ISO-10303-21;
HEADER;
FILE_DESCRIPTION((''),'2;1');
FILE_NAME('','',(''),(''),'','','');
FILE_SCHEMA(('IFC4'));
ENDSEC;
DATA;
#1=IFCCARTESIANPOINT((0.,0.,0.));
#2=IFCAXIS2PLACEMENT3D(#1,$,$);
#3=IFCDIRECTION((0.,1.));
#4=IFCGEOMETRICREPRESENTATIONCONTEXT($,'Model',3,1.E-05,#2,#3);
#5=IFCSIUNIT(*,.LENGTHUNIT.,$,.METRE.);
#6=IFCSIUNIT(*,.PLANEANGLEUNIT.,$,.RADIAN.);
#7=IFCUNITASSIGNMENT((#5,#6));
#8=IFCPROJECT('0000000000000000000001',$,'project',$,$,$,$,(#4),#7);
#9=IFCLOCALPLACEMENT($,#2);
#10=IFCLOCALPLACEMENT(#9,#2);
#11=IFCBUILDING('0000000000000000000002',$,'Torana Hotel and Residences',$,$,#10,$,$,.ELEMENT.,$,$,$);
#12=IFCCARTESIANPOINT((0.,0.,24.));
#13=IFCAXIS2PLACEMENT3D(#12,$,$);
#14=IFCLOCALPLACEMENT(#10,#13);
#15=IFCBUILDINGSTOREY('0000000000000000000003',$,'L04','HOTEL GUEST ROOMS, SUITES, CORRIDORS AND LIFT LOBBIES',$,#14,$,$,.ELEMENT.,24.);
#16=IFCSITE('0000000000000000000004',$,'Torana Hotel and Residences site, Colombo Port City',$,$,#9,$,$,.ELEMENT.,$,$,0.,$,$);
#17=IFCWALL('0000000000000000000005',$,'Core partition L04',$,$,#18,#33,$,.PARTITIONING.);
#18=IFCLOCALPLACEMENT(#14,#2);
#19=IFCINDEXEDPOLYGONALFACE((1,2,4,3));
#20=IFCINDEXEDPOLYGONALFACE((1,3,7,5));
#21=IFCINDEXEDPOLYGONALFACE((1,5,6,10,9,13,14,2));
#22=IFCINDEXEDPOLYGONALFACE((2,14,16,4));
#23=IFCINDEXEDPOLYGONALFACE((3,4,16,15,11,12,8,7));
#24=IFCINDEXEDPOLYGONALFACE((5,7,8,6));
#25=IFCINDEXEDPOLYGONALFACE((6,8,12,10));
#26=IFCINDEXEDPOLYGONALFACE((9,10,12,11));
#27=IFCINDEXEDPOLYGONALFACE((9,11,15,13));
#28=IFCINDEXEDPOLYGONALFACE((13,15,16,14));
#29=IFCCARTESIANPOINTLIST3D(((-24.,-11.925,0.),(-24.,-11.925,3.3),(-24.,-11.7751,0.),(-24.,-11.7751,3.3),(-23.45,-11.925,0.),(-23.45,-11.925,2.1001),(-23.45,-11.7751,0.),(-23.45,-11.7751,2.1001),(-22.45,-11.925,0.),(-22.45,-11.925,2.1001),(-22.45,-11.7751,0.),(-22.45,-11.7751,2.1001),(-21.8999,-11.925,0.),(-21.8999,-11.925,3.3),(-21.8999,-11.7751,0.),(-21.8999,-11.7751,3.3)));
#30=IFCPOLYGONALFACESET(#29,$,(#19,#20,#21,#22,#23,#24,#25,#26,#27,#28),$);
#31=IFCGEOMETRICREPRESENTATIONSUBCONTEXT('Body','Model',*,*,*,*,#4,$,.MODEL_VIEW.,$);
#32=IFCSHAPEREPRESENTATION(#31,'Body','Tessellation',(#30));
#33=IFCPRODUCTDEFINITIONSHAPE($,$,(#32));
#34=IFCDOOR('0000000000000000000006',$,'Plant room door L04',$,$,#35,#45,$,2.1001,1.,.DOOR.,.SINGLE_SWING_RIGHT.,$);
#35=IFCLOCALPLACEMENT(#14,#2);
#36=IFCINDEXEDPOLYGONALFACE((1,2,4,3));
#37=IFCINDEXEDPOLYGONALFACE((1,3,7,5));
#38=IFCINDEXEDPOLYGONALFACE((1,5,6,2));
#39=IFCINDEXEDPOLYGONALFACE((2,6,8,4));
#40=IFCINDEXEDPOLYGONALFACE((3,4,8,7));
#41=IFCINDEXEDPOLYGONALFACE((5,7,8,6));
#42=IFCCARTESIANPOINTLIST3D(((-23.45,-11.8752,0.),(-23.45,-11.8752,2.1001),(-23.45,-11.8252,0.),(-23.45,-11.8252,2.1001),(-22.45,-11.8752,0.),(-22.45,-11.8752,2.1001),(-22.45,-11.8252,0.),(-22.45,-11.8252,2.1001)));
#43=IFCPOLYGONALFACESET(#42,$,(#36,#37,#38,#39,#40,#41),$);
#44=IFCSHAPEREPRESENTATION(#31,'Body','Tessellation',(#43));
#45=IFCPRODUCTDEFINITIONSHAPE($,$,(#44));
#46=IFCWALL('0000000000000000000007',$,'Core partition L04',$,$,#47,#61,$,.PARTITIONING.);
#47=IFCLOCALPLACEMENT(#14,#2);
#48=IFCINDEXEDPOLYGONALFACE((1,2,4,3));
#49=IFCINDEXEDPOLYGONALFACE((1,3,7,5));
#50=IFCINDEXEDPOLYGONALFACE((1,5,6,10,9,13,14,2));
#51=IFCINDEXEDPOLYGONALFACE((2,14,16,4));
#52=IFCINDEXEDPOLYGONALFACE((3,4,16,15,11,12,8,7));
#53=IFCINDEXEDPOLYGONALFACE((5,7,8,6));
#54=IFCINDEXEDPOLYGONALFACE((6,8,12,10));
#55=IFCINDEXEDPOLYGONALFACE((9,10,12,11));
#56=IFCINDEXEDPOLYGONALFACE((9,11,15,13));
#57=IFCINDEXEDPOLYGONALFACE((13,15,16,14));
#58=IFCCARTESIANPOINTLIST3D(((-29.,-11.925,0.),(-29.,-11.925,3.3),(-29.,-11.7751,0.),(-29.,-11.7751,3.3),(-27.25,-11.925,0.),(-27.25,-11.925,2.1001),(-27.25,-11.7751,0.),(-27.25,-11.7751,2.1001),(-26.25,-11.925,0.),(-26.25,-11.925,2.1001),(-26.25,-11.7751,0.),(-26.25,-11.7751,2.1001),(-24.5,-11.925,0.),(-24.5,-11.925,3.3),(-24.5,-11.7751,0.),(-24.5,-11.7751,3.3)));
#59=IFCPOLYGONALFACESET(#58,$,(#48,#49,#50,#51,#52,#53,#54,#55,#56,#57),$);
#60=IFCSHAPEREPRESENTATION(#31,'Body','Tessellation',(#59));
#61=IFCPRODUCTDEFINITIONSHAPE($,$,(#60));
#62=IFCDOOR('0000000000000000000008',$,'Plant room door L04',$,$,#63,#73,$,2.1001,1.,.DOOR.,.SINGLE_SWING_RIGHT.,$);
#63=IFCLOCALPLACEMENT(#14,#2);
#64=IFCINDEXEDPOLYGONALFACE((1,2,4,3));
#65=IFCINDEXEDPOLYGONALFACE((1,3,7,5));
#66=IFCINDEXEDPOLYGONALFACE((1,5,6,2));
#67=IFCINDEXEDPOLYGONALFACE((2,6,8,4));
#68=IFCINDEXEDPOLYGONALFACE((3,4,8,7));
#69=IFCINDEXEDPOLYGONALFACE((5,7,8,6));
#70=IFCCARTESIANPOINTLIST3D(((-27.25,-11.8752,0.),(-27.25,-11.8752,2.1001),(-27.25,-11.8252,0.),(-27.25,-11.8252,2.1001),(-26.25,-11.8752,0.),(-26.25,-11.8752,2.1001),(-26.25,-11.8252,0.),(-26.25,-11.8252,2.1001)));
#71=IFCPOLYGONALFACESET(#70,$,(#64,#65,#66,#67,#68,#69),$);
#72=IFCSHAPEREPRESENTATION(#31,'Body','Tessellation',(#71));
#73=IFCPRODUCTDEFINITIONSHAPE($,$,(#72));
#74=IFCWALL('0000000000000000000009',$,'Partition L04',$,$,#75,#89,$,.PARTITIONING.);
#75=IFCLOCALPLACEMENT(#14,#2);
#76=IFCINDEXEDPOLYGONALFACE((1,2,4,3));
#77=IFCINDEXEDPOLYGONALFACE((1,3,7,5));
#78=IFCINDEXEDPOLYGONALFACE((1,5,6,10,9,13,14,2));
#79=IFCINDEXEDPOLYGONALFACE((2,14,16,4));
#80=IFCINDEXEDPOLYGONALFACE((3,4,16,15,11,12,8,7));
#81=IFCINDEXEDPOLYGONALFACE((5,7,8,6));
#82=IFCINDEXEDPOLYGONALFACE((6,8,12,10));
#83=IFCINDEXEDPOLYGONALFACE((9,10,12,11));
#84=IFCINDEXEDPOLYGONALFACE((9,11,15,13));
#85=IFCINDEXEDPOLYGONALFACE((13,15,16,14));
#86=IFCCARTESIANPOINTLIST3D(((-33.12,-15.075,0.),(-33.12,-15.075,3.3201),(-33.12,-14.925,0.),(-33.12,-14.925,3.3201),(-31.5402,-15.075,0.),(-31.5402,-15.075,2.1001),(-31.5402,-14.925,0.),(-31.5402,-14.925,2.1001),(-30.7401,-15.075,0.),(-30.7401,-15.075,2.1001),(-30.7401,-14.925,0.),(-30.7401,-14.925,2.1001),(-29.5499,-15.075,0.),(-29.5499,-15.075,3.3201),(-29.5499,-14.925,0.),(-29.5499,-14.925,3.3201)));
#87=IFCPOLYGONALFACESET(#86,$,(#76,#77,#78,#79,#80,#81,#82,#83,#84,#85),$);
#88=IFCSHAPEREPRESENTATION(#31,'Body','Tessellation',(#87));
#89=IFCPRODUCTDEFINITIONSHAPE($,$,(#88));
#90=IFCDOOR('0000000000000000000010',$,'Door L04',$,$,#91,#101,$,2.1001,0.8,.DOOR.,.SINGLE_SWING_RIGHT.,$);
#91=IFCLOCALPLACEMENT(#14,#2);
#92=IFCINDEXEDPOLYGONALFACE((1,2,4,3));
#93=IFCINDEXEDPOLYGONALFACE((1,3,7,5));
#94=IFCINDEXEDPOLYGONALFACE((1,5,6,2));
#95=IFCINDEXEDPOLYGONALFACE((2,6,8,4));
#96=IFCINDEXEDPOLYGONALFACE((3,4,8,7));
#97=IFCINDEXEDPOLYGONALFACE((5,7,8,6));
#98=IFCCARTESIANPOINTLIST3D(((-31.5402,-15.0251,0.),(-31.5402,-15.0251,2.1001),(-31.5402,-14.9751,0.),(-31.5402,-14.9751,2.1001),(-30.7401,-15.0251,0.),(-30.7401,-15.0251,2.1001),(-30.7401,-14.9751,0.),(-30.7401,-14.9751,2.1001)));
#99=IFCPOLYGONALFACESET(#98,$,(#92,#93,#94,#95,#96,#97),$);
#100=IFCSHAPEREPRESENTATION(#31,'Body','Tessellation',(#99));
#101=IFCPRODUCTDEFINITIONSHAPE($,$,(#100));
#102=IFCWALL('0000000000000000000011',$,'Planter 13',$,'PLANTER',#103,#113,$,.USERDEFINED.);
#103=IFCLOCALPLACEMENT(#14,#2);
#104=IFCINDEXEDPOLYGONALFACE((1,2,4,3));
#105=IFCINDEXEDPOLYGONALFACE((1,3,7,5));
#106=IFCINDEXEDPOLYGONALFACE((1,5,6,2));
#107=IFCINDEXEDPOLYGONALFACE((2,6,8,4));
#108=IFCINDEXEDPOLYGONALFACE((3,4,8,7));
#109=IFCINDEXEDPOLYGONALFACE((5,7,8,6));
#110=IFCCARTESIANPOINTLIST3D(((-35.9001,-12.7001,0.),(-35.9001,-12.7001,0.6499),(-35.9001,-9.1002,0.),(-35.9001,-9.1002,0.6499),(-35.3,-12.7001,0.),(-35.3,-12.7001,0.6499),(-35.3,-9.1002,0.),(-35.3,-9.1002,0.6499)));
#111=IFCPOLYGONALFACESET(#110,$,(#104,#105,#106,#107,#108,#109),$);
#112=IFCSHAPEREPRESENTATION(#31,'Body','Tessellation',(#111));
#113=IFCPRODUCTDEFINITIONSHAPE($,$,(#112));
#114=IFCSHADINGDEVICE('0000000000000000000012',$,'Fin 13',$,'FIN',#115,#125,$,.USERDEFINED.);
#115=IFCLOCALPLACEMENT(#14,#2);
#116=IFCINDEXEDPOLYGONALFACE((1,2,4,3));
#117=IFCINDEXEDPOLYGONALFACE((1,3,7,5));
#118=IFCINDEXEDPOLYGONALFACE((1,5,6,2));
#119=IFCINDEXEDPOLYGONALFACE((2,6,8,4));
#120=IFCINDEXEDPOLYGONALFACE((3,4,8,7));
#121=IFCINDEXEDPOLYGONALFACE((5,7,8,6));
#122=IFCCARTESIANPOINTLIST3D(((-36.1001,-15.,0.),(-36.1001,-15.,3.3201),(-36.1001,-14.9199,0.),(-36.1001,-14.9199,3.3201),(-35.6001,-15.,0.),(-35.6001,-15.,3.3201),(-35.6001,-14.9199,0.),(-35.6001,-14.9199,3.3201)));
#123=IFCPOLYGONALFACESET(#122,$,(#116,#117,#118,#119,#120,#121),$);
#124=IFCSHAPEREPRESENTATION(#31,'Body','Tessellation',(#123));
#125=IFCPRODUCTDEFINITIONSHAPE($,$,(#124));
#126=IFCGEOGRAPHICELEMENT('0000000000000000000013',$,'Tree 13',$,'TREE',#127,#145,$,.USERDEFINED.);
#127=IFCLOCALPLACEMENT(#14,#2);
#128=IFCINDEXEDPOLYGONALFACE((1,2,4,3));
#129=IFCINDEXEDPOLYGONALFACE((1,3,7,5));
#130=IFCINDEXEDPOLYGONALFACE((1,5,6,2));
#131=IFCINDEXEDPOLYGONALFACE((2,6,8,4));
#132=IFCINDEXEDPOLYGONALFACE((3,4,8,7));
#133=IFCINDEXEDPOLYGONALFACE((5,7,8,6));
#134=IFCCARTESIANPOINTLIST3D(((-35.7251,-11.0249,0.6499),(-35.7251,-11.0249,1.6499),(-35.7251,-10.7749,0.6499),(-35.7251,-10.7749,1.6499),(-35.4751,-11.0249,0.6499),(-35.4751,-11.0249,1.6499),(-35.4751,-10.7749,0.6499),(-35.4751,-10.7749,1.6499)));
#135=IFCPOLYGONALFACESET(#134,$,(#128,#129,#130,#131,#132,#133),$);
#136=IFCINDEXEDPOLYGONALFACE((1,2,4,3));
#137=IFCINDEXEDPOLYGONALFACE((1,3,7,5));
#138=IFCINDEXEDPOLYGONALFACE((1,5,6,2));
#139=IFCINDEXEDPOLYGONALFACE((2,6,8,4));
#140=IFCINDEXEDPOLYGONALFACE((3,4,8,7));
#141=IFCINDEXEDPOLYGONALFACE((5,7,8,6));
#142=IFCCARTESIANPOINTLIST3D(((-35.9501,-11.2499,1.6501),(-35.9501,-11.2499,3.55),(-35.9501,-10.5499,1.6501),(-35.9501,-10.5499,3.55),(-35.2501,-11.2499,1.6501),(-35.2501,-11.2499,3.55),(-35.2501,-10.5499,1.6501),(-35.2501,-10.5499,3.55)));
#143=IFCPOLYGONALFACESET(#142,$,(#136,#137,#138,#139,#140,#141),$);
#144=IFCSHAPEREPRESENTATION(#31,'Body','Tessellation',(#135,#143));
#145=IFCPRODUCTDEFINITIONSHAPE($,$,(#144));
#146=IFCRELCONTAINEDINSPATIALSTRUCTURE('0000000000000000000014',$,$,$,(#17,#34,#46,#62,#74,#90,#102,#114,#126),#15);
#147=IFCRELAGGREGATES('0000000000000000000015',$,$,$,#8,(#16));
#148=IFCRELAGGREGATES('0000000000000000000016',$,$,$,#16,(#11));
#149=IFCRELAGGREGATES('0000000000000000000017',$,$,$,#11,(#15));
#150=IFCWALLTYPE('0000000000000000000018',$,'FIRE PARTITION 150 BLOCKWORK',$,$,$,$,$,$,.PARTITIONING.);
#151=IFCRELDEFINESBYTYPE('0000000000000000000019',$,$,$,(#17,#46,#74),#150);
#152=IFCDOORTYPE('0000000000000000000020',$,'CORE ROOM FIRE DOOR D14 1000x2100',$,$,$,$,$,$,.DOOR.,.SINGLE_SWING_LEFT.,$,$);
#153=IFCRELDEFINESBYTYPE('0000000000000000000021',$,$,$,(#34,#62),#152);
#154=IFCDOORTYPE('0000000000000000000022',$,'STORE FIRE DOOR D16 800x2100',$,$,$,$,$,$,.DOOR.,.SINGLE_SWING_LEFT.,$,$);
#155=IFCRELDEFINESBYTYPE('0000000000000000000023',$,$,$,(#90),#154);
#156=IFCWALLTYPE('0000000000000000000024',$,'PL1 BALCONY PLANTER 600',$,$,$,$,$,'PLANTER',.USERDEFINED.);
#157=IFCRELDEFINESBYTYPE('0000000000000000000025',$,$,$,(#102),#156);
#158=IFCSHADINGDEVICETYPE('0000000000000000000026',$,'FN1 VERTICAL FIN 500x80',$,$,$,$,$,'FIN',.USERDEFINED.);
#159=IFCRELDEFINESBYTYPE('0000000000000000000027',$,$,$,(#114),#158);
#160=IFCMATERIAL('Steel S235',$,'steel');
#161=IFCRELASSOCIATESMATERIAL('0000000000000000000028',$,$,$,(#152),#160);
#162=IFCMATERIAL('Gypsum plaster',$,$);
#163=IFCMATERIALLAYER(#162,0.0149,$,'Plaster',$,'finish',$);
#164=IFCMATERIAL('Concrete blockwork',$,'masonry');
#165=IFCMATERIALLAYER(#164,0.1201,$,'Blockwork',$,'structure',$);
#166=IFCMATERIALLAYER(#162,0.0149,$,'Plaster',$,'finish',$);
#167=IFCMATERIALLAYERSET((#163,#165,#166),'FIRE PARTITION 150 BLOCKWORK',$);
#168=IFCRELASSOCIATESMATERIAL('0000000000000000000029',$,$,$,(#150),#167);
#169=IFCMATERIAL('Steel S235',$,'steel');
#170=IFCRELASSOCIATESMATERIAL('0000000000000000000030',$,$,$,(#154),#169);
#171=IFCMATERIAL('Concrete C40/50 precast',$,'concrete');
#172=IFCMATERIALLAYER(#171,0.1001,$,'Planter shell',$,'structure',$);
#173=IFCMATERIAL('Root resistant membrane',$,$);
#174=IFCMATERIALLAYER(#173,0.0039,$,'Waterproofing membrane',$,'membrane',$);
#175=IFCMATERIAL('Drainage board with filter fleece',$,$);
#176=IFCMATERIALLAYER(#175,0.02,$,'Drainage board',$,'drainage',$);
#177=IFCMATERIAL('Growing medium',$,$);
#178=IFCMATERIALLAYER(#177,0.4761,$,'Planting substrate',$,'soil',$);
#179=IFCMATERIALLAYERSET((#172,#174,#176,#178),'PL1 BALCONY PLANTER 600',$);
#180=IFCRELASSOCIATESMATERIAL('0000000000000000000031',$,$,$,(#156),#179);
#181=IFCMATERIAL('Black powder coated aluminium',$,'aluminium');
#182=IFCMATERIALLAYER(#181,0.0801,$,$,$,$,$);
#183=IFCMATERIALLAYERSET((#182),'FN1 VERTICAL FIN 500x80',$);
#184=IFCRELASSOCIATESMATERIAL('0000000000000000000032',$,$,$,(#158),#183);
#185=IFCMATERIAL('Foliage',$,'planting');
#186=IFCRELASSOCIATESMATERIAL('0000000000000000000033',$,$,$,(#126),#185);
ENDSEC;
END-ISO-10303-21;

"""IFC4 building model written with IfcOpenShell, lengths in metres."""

from ifc_helpers import new_model, si_unit, direction, frame, frame_2d, origin, origin_2d, place, context, subcontext, project, spatial, rectangle, extrude, material, layer, layer_set, type_object, element, fill, save


model = new_model("IFC4")

# Units and contexts
model_context = context("Model", 3, precision=1e-05, world=origin(), true_north=direction((0.0, 1.0)))
body_context = subcontext(model_context, "Body", "Model", "MODEL_VIEW")
ifc_project = project(units=[si_unit("LENGTHUNIT", "METRE"), si_unit("PLANEANGLEUNIT", "RADIAN")], contexts=[model_context])

# Site, building, storey
site_placement = place(None, origin())
site = spatial("IfcSite", under=ifc_project, at=site_placement, Name="Torana Hotel and Residences site, Colombo Port City", CompositionType="ELEMENT", RefElevation=0.0)
building_placement = place(site_placement, origin())
building = spatial("IfcBuilding", under=site, at=building_placement, Name="Torana Hotel and Residences", CompositionType="ELEMENT")
storey_placement = place(building_placement, frame((0.0, 0.0, 24.0)))
storey = spatial("IfcBuildingStorey", under=building, at=storey_placement, Name="L04", Description="HOTEL GUEST ROOMS, SUITES, CORRIDORS AND LIFT LOBBIES", CompositionType="ELEMENT", Elevation=24.0)

# Shared definitions
ifc_material_1 = material(Name="Steel S235", Category="steel")
door_type_1 = type_object("IfcDoorType", Name="CORE ROOM FIRE DOOR D14 1000x2100", OperationType="SINGLE_SWING_LEFT", PredefinedType="DOOR", material=ifc_material_1)

# Walls, openings, doors
ifc_material_2 = material(Name="Gypsum plaster")
ifc_layer_1 = layer(ifc_material_2, 0.0149, Name="Plaster", Category="finish")
ifc_material_3 = material(Name="Concrete blockwork", Category="masonry")
ifc_layer_2 = layer(ifc_material_3, 0.1201, Name="Blockwork", Category="structure")
ifc_layer_3 = layer(ifc_material_2, 0.0149, Name="Plaster", Category="finish")
ifc_layer_set_1 = layer_set([ifc_layer_1, ifc_layer_2, ifc_layer_3], Name="FIRE PARTITION 150 BLOCKWORK")
wall_type_1 = type_object("IfcWallType", Name="FIRE PARTITION 150 BLOCKWORK", PredefinedType="PARTITIONING", material=ifc_layer_set_1)
wall_1_placement = place(storey_placement, frame((-24.0, -11.8501, 0.0), z_axis=(0.0, 0.0, 1.0), x_axis=(1.0, 0.0, 0.0)))
wall_1 = element("IfcWall", 1, at=wall_1_placement, inside=storey, type_object=wall_type_1, Name="Core partition L04", PredefinedType="PARTITIONING", context=body_context, shape_type="SweptSolid", body=[
    extrude(rectangle(XDim=2.1001, YDim=0.1499, at=frame_2d((1.05, 0.0))), origin(), (0.0, 0.0, 1.0), 3.3),
])
opening_1_placement = place(wall_1_placement, frame((0.55, 0.0, 0.0)))
opening_1 = element("IfcOpeningElement", 2, at=opening_1_placement, cuts=wall_1, PredefinedType="OPENING", context=body_context, shape_type="SweptSolid", body=[
    extrude(rectangle(XDim=1.0, YDim=2.1001, at=frame_2d((0.5, 1.05))), frame((0.0, 0.085, 0.0), z_axis=(0.0, -1.0, 0.0), x_axis=(1.0, 0.0, 0.0)), (0.0, 0.0, 1.0), 0.1699),
])
door_1_placement = place(opening_1_placement, origin())
door_1 = element("IfcDoor", 3, at=door_1_placement, inside=storey, type_object=door_type_1, Name="Plant room door L04", OperationType="SINGLE_SWING_RIGHT", OverallHeight=2.1001, OverallWidth=1.0, PredefinedType="DOOR", context=body_context, shape_type="SweptSolid", body=[
    extrude(rectangle(XDim=1.0, YDim=2.1001, at=frame_2d((0.5, 1.05))), frame((0.0, 0.0249, 0.0), z_axis=(0.0, -1.0, 0.0), x_axis=(1.0, 0.0, 0.0)), (0.0, 0.0, 1.0), 0.05),
])
fill(opening_1, door_1)
wall_2_placement = place(storey_placement, frame((-29.0, -11.8501, 0.0), z_axis=(0.0, 0.0, 1.0), x_axis=(1.0, 0.0, 0.0)))
wall_2 = element("IfcWall", 4, at=wall_2_placement, inside=storey, type_object=wall_type_1, Name="Core partition L04", PredefinedType="PARTITIONING", context=body_context, shape_type="SweptSolid", body=[
    extrude(rectangle(XDim=4.5, YDim=0.1499, at=frame_2d((2.25, 0.0))), origin(), (0.0, 0.0, 1.0), 3.3),
])
opening_2_placement = place(wall_2_placement, frame((1.75, 0.0, 0.0)))
opening_2 = element("IfcOpeningElement", 5, at=opening_2_placement, cuts=wall_2, PredefinedType="OPENING", context=body_context, shape_type="SweptSolid", body=[
    extrude(rectangle(XDim=1.0, YDim=2.1001, at=frame_2d((0.5, 1.05))), frame((0.0, 0.085, 0.0), z_axis=(0.0, -1.0, 0.0), x_axis=(1.0, 0.0, 0.0)), (0.0, 0.0, 1.0), 0.1699),
])
door_2_placement = place(opening_2_placement, origin())
door_2 = element("IfcDoor", 6, at=door_2_placement, inside=storey, type_object=door_type_1, Name="Plant room door L04", OperationType="SINGLE_SWING_RIGHT", OverallHeight=2.1001, OverallWidth=1.0, PredefinedType="DOOR", context=body_context, shape_type="SweptSolid", body=[
    extrude(rectangle(XDim=1.0, YDim=2.1001, at=frame_2d((0.5, 1.05))), frame((0.0, 0.0249, 0.0), z_axis=(0.0, -1.0, 0.0), x_axis=(1.0, 0.0, 0.0)), (0.0, 0.0, 1.0), 0.05),
])
fill(opening_2, door_2)
wall_3_placement = place(storey_placement, frame((-33.1201, -15.0, 0.0), z_axis=(0.0, 0.0, 1.0), x_axis=(1.0, 0.0, 0.0)))
wall_3 = element("IfcWall", 7, at=wall_3_placement, inside=storey, type_object=wall_type_1, Name="Partition L04", PredefinedType="PARTITIONING", context=body_context, shape_type="SweptSolid", body=[
    extrude(rectangle(XDim=3.5701, YDim=0.1499, at=frame_2d((1.7852, 0.0))), origin(), (0.0, 0.0, 1.0), 3.3201),
])
opening_3_placement = place(wall_3_placement, frame((1.5801, 0.0, 0.0)))
opening_3 = element("IfcOpeningElement", 8, at=opening_3_placement, cuts=wall_3, PredefinedType="OPENING", context=body_context, shape_type="SweptSolid", body=[
    extrude(rectangle(XDim=0.8, YDim=2.1001, at=frame_2d((0.3999, 1.05))), frame((0.0, 0.085, 0.0), z_axis=(0.0, -1.0, 0.0), x_axis=(1.0, 0.0, 0.0)), (0.0, 0.0, 1.0), 0.1699),
])
ifc_material_4 = material(Name="Steel S235", Category="steel")
door_type_2 = type_object("IfcDoorType", Name="STORE FIRE DOOR D16 800x2100", OperationType="SINGLE_SWING_LEFT", PredefinedType="DOOR", material=ifc_material_4)
door_3_placement = place(opening_3_placement, origin())
door_3 = element("IfcDoor", 9, at=door_3_placement, inside=storey, type_object=door_type_2, Name="Door L04", OperationType="SINGLE_SWING_RIGHT", OverallHeight=2.1001, OverallWidth=0.8, PredefinedType="DOOR", context=body_context, shape_type="SweptSolid", body=[
    extrude(rectangle(XDim=0.8, YDim=2.1001, at=frame_2d((0.3999, 1.05))), frame((0.0, 0.0249, 0.0), z_axis=(0.0, -1.0, 0.0), x_axis=(1.0, 0.0, 0.0)), (0.0, 0.0, 1.0), 0.05),
])
fill(opening_3, door_3)

# Wall
ifc_material_5 = material(Name="Concrete C40/50 precast", Category="concrete")
ifc_layer_4 = layer(ifc_material_5, 0.1001, Name="Planter shell", Category="structure")
ifc_material_6 = material(Name="Root resistant membrane")
ifc_layer_5 = layer(ifc_material_6, 0.0039, Name="Waterproofing membrane", Category="membrane")
ifc_material_7 = material(Name="Drainage board with filter fleece")
ifc_layer_6 = layer(ifc_material_7, 0.02, Name="Drainage board", Category="drainage")
ifc_material_8 = material(Name="Growing medium")
ifc_layer_7 = layer(ifc_material_8, 0.4761, Name="Planting substrate", Category="soil")
ifc_layer_set_2 = layer_set([ifc_layer_4, ifc_layer_5, ifc_layer_6, ifc_layer_7], Name="PL1 BALCONY PLANTER 600")
wall_type_2 = type_object("IfcWallType", Name="PL1 BALCONY PLANTER 600", ElementType="PLANTER", PredefinedType="USERDEFINED", material=ifc_layer_set_2)
wall_4_placement = place(storey_placement, frame((-35.6001, -12.7, 0.0), z_axis=(0.0, 0.0, 1.0), x_axis=(0.0, 1.0, 0.0)))
element("IfcWall", 10, at=wall_4_placement, inside=storey, type_object=wall_type_2, Name="Planter 13", ObjectType="PLANTER", PredefinedType="USERDEFINED", context=body_context, shape_type="SweptSolid", body=[
    extrude(rectangle(XDim=3.5999, YDim=0.6001, at=frame_2d((1.7998, 0.0))), origin(), (0.0, 0.0, 1.0), 0.6499),
])

# Shading device
ifc_material_9 = material(Name="Black powder coated aluminium", Category="aluminium")
ifc_layer_8 = layer(ifc_material_9, 0.0801)
ifc_layer_set_3 = layer_set([ifc_layer_8], Name="FN1 VERTICAL FIN 500x80")
shading_device_type = type_object("IfcShadingDeviceType", Name="FN1 VERTICAL FIN 500x80", ElementType="FIN", PredefinedType="USERDEFINED", material=ifc_layer_set_3)
shading_device_placement = place(storey_placement, frame((-35.8501, -14.96, 0.0), z_axis=(0.0, 0.0, 1.0), x_axis=(0.0, 1.0, 0.0)))
element("IfcShadingDevice", 11, at=shading_device_placement, inside=storey, type_object=shading_device_type, Name="Fin 13", ObjectType="FIN", PredefinedType="USERDEFINED", context=body_context, shape_type="SweptSolid", body=[
    extrude(rectangle(XDim=0.0801, YDim=0.5, at=origin_2d()), origin(), (0.0, 0.0, 1.0), 3.3201),
])

# Geographic element
ifc_material_10 = material(Name="Foliage", Category="planting")
geographic_element_placement = place(storey_placement, frame((-35.6001, -10.8999, 0.6499), z_axis=(0.0, 0.0, 1.0), x_axis=(1.0, 0.0, 0.0)))
element("IfcGeographicElement", 12, at=geographic_element_placement, inside=storey, material=ifc_material_10, Name="Tree 13", ObjectType="TREE", PredefinedType="USERDEFINED", context=body_context, shape_type="SweptSolid", body=[
    extrude(rectangle(XDim=0.25, YDim=0.25, at=origin_2d()), origin(), (0.0, 0.0, 1.0), 1.0),
    extrude(rectangle(XDim=0.7, YDim=0.7, at=origin_2d()), frame((0.0, 0.0, 1.0002)), (0.0, 0.0, 1.0), 1.8999),
])

save(model, "model.ifc")
